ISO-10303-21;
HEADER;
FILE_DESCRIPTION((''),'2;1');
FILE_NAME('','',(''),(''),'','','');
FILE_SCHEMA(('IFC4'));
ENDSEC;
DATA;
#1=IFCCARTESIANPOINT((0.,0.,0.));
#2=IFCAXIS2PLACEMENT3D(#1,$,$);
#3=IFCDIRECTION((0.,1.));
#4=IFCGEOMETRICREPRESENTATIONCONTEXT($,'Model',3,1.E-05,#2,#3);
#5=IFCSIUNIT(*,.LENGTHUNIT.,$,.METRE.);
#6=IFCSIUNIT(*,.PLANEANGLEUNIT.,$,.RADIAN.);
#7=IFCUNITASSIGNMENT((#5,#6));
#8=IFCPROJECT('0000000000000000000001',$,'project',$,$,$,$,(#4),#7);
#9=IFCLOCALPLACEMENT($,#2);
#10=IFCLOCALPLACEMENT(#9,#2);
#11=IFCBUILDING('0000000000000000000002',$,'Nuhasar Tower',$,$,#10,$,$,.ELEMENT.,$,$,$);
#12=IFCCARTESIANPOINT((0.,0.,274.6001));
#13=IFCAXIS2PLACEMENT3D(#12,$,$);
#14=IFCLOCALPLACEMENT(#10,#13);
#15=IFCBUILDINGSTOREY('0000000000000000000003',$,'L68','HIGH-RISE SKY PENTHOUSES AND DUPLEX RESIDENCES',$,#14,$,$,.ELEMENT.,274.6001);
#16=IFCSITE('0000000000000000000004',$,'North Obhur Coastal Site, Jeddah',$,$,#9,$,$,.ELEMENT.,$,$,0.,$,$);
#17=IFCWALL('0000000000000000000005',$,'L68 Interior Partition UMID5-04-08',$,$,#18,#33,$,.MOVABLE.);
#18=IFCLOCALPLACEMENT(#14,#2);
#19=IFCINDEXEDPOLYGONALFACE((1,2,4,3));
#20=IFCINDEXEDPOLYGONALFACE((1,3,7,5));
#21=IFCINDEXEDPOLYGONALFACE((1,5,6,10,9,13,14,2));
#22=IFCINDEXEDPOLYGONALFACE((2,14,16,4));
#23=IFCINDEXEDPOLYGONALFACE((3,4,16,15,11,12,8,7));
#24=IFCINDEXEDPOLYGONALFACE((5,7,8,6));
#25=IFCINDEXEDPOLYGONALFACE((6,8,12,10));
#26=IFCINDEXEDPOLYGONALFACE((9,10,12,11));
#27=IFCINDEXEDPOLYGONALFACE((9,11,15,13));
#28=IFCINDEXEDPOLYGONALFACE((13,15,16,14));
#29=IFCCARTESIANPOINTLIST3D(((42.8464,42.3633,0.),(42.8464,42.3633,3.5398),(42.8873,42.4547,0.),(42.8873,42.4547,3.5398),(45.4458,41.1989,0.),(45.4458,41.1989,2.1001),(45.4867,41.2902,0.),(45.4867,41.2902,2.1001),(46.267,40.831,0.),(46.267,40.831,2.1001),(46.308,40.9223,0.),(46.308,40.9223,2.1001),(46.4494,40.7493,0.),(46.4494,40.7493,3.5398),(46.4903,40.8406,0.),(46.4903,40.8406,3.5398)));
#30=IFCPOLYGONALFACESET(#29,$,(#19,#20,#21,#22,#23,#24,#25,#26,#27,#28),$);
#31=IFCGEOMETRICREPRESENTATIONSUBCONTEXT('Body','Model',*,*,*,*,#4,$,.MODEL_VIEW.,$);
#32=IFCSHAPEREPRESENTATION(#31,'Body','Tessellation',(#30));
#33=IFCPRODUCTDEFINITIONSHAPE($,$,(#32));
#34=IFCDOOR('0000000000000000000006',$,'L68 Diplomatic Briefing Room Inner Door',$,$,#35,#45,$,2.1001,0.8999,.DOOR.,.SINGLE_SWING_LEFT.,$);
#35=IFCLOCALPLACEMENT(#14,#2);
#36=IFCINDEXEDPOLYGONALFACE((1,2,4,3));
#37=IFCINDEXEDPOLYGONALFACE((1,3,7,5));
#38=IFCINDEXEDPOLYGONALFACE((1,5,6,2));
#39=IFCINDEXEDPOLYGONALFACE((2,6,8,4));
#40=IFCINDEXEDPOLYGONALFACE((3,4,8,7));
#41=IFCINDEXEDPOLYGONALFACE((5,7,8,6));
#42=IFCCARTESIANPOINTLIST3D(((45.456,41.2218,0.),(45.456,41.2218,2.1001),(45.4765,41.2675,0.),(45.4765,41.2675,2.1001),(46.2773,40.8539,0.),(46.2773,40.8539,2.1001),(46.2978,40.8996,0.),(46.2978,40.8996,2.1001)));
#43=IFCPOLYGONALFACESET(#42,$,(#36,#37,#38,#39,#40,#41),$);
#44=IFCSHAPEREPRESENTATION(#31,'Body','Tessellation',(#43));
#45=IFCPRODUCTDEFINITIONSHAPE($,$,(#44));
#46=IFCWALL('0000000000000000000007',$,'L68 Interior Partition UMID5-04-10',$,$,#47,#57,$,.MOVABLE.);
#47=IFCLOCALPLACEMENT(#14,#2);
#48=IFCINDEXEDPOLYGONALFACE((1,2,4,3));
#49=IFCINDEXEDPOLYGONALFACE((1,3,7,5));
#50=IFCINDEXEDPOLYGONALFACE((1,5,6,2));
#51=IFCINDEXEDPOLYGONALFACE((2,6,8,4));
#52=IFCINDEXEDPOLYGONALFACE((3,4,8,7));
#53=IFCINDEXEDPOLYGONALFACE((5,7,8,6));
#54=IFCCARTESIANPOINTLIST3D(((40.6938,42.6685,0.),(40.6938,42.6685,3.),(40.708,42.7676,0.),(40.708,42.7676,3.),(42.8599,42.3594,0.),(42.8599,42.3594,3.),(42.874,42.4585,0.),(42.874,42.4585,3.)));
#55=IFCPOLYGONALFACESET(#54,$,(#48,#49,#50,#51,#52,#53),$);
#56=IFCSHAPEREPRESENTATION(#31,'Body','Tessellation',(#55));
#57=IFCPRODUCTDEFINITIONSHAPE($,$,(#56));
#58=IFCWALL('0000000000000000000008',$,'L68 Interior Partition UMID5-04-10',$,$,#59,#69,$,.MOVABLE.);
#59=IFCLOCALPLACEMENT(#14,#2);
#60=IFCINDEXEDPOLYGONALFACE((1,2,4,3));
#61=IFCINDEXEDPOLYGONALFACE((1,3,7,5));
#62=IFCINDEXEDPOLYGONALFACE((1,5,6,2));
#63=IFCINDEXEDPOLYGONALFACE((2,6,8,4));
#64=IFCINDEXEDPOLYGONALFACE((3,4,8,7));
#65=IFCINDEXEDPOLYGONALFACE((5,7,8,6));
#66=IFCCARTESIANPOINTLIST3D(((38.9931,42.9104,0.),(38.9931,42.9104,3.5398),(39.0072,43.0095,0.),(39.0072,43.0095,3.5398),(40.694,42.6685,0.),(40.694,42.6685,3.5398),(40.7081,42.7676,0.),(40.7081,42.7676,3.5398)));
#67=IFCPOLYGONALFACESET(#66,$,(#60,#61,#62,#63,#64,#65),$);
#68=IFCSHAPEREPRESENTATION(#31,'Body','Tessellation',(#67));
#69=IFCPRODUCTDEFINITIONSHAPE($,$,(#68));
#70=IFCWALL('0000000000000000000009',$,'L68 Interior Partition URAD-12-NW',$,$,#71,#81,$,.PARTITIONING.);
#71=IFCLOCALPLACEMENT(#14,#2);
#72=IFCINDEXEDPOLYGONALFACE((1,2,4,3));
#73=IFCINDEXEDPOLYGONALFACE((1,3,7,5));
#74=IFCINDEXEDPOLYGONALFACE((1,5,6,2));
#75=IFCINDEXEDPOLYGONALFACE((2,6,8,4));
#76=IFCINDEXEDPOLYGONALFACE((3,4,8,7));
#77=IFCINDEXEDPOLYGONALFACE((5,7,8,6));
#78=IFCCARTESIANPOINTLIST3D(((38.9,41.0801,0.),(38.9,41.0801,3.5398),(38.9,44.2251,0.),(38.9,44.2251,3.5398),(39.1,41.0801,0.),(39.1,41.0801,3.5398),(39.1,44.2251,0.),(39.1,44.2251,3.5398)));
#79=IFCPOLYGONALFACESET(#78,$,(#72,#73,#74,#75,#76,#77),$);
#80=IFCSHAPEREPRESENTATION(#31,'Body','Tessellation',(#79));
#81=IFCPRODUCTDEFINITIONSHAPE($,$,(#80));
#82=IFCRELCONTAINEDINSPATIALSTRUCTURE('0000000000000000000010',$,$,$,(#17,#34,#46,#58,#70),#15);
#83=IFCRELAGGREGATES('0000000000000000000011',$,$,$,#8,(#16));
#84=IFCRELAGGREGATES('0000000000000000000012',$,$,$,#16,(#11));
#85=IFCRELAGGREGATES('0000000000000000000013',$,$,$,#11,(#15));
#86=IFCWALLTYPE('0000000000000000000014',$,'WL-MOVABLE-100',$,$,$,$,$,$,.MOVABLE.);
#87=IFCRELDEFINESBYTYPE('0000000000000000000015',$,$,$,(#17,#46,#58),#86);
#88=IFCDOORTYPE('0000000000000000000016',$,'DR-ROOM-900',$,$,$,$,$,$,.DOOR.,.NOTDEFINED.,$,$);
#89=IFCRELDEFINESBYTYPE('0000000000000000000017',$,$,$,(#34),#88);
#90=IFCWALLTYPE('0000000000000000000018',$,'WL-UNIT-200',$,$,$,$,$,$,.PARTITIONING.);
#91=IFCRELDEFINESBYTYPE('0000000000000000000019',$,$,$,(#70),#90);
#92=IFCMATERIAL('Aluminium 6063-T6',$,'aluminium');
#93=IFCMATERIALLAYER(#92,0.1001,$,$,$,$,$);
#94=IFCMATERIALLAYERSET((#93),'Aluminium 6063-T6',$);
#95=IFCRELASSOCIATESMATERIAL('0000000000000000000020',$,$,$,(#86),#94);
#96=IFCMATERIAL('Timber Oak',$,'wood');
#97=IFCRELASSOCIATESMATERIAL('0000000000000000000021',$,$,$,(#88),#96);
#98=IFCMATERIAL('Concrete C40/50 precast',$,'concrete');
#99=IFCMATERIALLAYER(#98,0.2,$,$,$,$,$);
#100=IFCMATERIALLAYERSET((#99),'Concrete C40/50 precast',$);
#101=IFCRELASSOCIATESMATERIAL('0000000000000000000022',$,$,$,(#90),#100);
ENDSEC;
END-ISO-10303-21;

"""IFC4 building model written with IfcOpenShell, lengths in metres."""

from ifc_helpers import new_model, si_unit, direction, frame, frame_2d, origin, place, context, subcontext, project, spatial, rectangle, extrude, material, layer, layer_set, type_object, element, fill, save


model = new_model("IFC4")

# Units and contexts
model_context = context("Model", 3, precision=1e-05, world=origin(), true_north=direction((0.0, 1.0)))
body_context = subcontext(model_context, "Body", "Model", "MODEL_VIEW")
ifc_project = project(units=[si_unit("LENGTHUNIT", "METRE"), si_unit("PLANEANGLEUNIT", "RADIAN")], contexts=[model_context])

# Site, building, storey
site_placement = place(None, origin())
site = spatial("IfcSite", under=ifc_project, at=site_placement, Name="North Obhur Coastal Site, Jeddah", CompositionType="ELEMENT", RefElevation=0.0)
building_placement = place(site_placement, origin())
building = spatial("IfcBuilding", under=site, at=building_placement, Name="Nuhasar Tower", CompositionType="ELEMENT")
storey_placement = place(building_placement, frame((0.0, 0.0, 274.6001)))
storey = spatial("IfcBuildingStorey", under=building, at=storey_placement, Name="L68", Description="HIGH-RISE SKY PENTHOUSES AND DUPLEX RESIDENCES", CompositionType="ELEMENT", Elevation=274.6001)

# Shared definitions
ifc_material_1 = material(Name="Aluminium 6063-T6", Category="aluminium")

# Shared definitions
ifc_material_2 = material(Name="Timber Oak", Category="wood")

# Wall, opening, door
ifc_layer_1 = layer(ifc_material_1, 0.1001)
ifc_layer_set_1 = layer_set([ifc_layer_1], Name="Aluminium 6063-T6")
wall_type_1 = type_object("IfcWallType", Name="WL-MOVABLE-100", PredefinedType="MOVABLE", material=ifc_layer_set_1)
wall_1_placement = place(storey_placement, frame((46.47, 40.7949, 0.0), z_axis=(0.0, 0.0, 1.0), x_axis=(-0.912617, 0.408816, 0.0)))
wall_1 = element("IfcWall", 1, at=wall_1_placement, inside=storey, type_object=wall_type_1, Name="L68 Interior Partition UMID5-04-08", PredefinedType="MOVABLE", context=body_context, shape_type="SweptSolid", body=[
    extrude(rectangle(XDim=3.948, YDim=0.1001, at=frame_2d((1.9741, 0.0))), origin(), (0.0, 0.0, 1.0), 3.5398),
])
opening_1_placement = place(wall_1_placement, frame((0.2, 0.0, 0.0)))
opening_1 = element("IfcOpeningElement", 2, at=opening_1_placement, cuts=wall_1, PredefinedType="OPENING", context=body_context, shape_type="SweptSolid", body=[
    extrude(rectangle(XDim=0.8999, YDim=2.1001, at=frame_2d((0.45, 1.05))), frame((0.0, 0.0601, 0.0), z_axis=(0.0, -1.0, 0.0), x_axis=(1.0, 0.0, 0.0)), (0.0, 0.0, 1.0), 0.1201),
])
door_type_1 = type_object("IfcDoorType", Name="DR-ROOM-900", OperationType="NOTDEFINED", PredefinedType="DOOR", material=ifc_material_2)
door_1_placement = place(opening_1_placement, origin())
door_1 = element("IfcDoor", 3, at=door_1_placement, inside=storey, type_object=door_type_1, Name="L68 Diplomatic Briefing Room Inner Door", OperationType="SINGLE_SWING_LEFT", OverallHeight=2.1001, OverallWidth=0.8999, PredefinedType="DOOR", context=body_context, shape_type="SweptSolid", body=[
    extrude(rectangle(XDim=0.8999, YDim=2.1001, at=frame_2d((0.45, 1.05))), frame((0.0, 0.0249, 0.0), z_axis=(0.0, -1.0, 0.0), x_axis=(1.0, 0.0, 0.0)), (0.0, 0.0, 1.0), 0.05),
])
fill(opening_1, door_1)

# Walls
wall_2_placement = place(storey_placement, frame((42.8669, 42.4089, 0.0), z_axis=(0.0, 0.0, 1.0), x_axis=(-0.989972, 0.141265, 0.0)))
element("IfcWall", 4, at=wall_2_placement, inside=storey, type_object=wall_type_1, Name="L68 Interior Partition UMID5-04-10", PredefinedType="MOVABLE", context=body_context, shape_type="SweptSolid", body=[
    extrude(rectangle(XDim=2.188, YDim=0.1001, at=frame_2d((1.094, 0.0))), origin(), (0.0, 0.0, 1.0), 3.0),
])
wall_3_placement = place(storey_placement, frame((40.7009, 42.718, 0.0), z_axis=(0.0, 0.0, 1.0), x_axis=(-0.990035, 0.140824, 0.0)))
element("IfcWall", 5, at=wall_3_placement, inside=storey, type_object=wall_type_1, Name="L68 Interior Partition UMID5-04-10", PredefinedType="MOVABLE", context=body_context, shape_type="SweptSolid", body=[
    extrude(rectangle(XDim=1.718, YDim=0.1001, at=frame_2d((0.8589, 0.0))), origin(), (0.0, 0.0, 1.0), 3.5398),
])
ifc_material_3 = material(Name="Concrete C40/50 precast", Category="concrete")
ifc_layer_2 = layer(ifc_material_3, 0.2)
ifc_layer_set_2 = layer_set([ifc_layer_2], Name="Concrete C40/50 precast")
wall_type_2 = type_object("IfcWallType", Name="WL-UNIT-200", PredefinedType="PARTITIONING", material=ifc_layer_set_2)
wall_4_placement = place(storey_placement, frame((39.0, 41.0801, 0.0), z_axis=(0.0, 0.0, 1.0), x_axis=(0.0, 1.0, 0.0)))
element("IfcWall", 6, at=wall_4_placement, inside=storey, type_object=wall_type_2, Name="L68 Interior Partition URAD-12-NW", PredefinedType="PARTITIONING", context=body_context, shape_type="SweptSolid", body=[
    extrude(rectangle(XDim=3.145, YDim=0.2, at=frame_2d((1.5725, 0.0))), origin(), (0.0, 0.0, 1.0), 3.5398),
])

save(model, "model.ifc")
